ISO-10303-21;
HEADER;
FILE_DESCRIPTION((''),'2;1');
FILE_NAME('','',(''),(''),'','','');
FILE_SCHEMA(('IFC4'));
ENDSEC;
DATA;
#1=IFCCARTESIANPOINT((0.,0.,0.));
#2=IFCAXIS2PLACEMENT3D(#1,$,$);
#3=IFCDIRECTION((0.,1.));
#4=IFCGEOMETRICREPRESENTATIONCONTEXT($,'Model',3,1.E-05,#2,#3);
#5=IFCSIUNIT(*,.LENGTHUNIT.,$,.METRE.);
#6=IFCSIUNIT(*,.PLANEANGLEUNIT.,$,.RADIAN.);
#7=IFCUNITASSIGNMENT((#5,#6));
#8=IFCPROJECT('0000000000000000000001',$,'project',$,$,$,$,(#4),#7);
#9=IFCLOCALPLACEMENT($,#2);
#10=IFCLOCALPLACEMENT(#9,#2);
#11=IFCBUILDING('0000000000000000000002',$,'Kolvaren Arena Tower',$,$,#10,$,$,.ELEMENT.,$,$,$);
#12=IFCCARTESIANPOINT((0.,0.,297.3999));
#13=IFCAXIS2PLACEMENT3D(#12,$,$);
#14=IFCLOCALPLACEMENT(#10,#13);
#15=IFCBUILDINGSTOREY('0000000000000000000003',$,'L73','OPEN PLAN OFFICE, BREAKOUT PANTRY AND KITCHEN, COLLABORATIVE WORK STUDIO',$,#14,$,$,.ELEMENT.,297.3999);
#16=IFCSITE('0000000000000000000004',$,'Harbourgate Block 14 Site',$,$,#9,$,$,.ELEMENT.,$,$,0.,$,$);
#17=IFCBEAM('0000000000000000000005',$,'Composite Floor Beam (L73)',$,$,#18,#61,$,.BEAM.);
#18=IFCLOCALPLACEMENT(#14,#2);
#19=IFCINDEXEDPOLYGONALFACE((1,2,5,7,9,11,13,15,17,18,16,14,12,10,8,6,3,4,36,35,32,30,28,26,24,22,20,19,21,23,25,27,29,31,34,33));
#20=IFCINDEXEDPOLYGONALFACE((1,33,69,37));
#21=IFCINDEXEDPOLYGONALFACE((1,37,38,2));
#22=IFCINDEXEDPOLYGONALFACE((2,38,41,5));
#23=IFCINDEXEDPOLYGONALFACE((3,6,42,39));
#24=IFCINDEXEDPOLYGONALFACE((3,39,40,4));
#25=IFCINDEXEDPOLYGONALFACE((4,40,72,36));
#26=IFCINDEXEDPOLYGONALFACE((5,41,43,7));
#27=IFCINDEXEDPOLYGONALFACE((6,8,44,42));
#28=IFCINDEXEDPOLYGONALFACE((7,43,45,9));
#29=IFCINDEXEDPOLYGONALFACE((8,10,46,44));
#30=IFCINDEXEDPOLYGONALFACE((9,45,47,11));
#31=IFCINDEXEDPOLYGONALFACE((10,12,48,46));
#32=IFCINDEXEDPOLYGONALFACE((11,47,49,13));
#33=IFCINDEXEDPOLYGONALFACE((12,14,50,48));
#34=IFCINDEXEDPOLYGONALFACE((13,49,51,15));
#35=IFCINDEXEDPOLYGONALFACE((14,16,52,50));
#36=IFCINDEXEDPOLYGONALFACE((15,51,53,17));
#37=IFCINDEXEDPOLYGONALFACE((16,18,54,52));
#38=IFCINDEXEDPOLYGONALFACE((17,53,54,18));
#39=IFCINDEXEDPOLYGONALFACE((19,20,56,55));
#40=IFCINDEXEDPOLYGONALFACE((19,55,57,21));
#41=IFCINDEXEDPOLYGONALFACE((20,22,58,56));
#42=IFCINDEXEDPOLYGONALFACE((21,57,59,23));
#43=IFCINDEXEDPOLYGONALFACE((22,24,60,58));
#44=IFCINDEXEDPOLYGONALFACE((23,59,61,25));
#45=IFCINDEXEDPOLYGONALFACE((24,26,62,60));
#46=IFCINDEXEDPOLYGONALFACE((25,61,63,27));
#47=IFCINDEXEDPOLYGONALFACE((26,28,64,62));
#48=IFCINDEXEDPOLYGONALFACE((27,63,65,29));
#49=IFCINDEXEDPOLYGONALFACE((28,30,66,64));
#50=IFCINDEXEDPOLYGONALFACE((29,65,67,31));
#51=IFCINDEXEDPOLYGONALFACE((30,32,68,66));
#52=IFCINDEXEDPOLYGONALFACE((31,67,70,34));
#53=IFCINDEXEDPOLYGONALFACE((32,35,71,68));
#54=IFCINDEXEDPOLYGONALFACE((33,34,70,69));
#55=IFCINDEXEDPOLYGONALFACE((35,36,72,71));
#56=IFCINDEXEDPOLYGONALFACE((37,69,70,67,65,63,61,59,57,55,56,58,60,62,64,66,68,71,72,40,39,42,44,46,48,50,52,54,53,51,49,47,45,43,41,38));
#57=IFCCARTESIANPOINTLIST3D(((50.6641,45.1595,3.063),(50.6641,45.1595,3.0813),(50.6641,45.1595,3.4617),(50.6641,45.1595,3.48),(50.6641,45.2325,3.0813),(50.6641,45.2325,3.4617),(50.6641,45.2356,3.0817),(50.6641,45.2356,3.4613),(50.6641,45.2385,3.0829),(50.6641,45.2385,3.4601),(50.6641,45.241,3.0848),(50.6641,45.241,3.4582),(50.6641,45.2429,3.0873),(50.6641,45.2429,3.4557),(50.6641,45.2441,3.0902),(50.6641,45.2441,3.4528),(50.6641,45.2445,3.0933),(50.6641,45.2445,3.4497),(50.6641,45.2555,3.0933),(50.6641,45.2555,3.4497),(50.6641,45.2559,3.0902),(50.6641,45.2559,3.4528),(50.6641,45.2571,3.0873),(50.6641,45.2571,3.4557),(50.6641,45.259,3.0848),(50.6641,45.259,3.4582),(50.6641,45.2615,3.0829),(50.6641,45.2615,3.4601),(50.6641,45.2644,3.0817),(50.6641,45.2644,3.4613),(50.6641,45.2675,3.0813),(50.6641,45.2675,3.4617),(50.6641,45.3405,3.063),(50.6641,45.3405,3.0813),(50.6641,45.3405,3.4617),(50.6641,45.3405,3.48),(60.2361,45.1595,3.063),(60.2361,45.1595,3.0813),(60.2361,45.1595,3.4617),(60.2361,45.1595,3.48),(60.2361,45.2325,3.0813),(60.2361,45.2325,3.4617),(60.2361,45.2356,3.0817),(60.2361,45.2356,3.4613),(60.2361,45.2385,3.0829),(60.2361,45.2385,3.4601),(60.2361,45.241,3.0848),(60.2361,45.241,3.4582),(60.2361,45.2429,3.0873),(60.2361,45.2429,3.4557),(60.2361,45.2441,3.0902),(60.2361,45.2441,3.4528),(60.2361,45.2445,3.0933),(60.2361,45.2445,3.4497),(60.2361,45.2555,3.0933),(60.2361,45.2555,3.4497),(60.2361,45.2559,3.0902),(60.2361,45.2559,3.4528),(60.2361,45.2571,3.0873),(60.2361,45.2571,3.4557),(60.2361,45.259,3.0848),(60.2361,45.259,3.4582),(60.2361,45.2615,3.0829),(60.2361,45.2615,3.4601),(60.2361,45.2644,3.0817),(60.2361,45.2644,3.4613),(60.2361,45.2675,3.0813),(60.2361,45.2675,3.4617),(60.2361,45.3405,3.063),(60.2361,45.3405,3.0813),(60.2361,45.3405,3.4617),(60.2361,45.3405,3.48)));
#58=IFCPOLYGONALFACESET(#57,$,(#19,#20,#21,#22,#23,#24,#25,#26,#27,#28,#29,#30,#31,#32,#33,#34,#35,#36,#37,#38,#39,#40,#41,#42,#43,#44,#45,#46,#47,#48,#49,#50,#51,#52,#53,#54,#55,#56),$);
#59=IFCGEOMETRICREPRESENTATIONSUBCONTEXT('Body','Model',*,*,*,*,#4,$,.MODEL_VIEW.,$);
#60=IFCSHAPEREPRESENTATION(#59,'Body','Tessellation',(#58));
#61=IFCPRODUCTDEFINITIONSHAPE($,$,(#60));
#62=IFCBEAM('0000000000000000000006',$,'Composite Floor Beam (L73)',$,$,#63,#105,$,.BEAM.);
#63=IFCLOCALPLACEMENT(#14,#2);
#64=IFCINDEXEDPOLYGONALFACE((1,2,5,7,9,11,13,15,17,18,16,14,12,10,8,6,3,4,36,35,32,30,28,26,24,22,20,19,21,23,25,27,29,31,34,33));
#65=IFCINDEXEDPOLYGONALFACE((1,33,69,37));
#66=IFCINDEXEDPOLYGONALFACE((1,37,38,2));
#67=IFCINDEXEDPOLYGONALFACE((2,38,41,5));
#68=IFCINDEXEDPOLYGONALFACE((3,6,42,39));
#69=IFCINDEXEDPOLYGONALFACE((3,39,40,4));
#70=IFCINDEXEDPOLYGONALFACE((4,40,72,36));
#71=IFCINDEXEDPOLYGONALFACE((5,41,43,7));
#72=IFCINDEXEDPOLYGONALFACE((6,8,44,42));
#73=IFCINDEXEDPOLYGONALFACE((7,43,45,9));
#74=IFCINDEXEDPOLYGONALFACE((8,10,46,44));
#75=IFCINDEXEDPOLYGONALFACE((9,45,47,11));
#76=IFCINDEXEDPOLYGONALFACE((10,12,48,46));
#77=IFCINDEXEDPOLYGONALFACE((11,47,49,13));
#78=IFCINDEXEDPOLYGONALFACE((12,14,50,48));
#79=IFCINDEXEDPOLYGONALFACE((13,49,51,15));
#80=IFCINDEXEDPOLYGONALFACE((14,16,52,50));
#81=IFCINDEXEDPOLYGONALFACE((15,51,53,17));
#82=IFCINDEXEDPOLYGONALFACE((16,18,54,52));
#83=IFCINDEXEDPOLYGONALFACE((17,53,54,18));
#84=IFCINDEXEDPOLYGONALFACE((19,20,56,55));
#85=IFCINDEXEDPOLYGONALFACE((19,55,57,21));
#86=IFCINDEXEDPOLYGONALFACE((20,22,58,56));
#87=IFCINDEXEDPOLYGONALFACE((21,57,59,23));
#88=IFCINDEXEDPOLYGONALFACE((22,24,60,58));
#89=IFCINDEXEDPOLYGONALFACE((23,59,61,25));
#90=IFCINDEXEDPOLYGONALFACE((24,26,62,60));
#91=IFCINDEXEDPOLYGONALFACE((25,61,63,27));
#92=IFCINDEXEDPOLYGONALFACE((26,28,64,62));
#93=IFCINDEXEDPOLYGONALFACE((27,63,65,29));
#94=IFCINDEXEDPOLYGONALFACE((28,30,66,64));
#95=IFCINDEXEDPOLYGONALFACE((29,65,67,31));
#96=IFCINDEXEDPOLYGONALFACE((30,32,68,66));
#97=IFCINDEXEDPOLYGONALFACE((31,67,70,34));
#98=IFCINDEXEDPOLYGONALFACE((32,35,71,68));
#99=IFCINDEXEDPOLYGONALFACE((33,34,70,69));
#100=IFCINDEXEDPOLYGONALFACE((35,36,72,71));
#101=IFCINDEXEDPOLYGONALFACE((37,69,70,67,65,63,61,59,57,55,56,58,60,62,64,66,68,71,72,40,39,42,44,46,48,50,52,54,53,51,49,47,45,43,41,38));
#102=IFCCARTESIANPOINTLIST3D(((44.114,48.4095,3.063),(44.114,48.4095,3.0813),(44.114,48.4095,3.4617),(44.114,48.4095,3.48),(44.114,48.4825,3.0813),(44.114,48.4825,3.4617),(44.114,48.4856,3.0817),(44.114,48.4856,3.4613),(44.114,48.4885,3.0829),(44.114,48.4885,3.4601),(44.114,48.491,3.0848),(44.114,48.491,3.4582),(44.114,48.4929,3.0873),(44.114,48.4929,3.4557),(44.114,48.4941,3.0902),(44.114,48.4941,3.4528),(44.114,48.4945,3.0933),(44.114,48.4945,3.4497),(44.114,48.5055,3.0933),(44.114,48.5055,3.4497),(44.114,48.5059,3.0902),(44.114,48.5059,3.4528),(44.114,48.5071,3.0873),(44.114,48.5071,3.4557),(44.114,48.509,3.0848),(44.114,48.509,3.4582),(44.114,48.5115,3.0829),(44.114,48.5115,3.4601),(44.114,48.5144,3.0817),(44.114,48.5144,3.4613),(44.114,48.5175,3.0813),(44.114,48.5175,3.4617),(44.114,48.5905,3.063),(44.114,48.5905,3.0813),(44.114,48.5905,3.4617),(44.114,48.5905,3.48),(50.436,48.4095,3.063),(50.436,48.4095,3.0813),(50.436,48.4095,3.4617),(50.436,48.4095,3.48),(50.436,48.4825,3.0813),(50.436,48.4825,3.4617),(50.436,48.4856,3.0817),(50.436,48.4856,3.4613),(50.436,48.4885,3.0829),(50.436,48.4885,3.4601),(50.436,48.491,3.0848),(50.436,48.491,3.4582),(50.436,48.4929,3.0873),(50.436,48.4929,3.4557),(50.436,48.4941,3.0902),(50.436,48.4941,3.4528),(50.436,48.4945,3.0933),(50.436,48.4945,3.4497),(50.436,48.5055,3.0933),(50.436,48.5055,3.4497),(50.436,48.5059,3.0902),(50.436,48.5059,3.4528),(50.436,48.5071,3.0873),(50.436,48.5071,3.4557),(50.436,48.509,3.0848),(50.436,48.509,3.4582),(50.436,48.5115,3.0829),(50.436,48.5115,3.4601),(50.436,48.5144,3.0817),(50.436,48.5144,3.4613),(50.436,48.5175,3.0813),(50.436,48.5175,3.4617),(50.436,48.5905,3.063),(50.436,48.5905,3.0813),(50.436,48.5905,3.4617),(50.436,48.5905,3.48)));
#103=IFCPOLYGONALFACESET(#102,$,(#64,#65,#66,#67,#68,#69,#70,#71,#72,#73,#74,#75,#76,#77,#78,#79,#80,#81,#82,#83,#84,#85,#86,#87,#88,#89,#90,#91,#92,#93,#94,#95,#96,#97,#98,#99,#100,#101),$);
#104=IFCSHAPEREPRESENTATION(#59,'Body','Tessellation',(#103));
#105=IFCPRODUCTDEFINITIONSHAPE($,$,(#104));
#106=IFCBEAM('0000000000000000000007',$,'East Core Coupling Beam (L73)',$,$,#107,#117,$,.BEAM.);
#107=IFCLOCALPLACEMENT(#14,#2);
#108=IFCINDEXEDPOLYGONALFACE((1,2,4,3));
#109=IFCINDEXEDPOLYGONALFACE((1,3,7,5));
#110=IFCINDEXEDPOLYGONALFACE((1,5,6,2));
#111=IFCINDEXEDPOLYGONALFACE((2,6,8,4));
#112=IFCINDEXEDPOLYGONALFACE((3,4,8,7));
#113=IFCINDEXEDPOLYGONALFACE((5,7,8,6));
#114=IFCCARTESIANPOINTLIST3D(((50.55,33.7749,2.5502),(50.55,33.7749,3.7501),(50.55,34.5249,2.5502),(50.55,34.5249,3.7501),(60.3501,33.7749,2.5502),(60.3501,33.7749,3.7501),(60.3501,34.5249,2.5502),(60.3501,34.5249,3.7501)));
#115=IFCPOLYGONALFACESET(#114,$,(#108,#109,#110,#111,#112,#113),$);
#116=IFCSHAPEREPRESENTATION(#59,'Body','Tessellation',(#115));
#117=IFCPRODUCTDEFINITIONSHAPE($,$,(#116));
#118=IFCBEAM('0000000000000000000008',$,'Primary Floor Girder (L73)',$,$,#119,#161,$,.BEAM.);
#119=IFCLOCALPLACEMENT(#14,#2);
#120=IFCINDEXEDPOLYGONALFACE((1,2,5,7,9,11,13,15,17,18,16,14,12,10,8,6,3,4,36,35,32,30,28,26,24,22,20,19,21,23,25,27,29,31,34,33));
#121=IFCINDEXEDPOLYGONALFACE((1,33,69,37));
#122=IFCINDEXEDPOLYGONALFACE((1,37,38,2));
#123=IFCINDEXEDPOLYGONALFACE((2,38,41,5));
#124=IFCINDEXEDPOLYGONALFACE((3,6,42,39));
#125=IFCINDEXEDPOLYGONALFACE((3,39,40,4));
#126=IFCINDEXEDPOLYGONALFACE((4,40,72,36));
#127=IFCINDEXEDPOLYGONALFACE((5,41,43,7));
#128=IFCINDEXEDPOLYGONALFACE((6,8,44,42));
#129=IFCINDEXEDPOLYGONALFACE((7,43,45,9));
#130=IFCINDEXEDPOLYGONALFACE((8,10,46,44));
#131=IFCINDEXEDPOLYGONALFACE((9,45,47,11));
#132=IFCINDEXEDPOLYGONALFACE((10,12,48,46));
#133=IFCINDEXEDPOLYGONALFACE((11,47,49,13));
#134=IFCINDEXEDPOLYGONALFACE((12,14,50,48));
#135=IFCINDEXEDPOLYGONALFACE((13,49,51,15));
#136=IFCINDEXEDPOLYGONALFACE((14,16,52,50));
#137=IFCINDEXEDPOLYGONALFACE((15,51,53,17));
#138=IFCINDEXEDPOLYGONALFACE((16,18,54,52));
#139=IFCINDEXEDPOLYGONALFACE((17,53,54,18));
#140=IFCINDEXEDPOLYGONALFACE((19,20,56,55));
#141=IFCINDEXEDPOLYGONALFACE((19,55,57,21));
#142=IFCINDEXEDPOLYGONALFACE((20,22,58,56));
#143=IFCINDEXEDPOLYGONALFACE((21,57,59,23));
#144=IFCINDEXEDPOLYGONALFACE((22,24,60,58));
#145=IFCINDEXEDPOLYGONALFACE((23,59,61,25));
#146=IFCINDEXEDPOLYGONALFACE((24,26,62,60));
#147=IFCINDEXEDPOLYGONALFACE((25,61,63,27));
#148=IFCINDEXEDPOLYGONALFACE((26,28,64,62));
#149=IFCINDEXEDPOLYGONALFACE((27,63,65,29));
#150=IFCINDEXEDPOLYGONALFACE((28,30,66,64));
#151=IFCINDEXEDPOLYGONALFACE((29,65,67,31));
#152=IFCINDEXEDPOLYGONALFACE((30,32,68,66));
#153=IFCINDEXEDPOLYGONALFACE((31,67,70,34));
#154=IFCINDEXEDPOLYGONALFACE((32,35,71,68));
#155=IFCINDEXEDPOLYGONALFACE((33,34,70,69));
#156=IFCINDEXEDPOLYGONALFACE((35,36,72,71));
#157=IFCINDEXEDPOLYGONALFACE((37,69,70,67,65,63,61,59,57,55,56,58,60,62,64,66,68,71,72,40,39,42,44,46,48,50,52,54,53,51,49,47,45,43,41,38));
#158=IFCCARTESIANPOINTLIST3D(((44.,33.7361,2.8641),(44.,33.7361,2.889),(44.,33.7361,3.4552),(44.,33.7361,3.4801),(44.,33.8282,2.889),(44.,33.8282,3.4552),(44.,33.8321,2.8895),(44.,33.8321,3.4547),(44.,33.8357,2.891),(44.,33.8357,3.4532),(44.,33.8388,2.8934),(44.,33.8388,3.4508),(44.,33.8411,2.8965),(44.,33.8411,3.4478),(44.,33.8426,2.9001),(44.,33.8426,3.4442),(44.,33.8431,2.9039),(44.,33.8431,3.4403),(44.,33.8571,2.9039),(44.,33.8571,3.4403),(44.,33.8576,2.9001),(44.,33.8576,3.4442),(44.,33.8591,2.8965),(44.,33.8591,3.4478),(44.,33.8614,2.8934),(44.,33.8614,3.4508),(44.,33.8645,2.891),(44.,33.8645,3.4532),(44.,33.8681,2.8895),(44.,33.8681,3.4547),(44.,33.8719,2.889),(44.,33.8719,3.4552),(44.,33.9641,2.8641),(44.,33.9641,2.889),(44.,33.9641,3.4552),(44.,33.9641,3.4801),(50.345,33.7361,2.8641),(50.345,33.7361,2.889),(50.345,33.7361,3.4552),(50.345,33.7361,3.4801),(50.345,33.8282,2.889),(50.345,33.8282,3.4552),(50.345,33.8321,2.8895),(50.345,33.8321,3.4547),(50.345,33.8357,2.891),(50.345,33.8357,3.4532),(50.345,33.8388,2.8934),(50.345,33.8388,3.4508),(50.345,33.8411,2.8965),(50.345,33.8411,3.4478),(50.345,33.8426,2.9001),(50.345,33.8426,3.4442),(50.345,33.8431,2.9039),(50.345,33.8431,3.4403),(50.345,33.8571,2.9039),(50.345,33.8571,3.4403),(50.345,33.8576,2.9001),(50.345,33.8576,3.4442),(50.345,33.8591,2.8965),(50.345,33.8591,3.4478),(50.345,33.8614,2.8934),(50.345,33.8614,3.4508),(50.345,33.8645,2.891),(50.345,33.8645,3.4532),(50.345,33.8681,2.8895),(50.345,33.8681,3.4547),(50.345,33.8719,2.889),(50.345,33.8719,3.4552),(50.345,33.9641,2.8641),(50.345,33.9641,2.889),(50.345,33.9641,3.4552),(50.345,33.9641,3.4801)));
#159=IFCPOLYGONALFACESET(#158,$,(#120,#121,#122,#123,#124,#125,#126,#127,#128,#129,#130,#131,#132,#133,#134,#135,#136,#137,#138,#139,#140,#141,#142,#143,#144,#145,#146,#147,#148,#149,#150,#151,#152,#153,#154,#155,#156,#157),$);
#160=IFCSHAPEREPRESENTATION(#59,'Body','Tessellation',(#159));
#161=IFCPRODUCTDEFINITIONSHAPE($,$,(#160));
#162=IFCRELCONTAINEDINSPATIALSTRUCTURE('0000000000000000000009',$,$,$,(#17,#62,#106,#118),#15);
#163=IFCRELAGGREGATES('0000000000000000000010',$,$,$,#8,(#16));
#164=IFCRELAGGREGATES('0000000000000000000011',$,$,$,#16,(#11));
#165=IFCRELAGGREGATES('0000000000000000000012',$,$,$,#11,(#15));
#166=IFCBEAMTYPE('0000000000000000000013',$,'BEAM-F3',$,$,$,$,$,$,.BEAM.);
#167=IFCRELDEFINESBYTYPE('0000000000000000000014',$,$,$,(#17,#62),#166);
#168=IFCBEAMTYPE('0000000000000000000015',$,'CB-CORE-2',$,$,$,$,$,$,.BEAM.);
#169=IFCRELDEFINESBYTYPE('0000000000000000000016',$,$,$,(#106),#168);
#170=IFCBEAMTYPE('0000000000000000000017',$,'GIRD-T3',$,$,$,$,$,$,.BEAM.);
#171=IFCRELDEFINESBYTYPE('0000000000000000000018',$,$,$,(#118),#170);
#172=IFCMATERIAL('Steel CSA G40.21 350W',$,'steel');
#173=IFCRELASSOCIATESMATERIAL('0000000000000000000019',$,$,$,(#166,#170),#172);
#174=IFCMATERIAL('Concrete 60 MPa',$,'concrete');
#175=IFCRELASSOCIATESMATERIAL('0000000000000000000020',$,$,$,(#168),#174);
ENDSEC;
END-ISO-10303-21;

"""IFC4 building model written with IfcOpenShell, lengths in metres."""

from ifc_helpers import new_model, si_unit, direction, frame, origin, origin_2d, place, context, subcontext, project, spatial, rectangle, i_section, extrude, material, material_profile, profile_set, type_object, element, save


model = new_model("IFC4")

# Units and contexts
model_context = context("Model", 3, precision=1e-05, world=origin(), true_north=direction((0.0, 1.0)))
body_context = subcontext(model_context, "Body", "Model", "MODEL_VIEW")
ifc_project = project(units=[si_unit("LENGTHUNIT", "METRE"), si_unit("PLANEANGLEUNIT", "RADIAN")], contexts=[model_context])

# Site, building, storey
site_placement = place(None, origin())
site = spatial("IfcSite", under=ifc_project, at=site_placement, Name="Harbourgate Block 14 Site", CompositionType="ELEMENT", RefElevation=0.0)
building_placement = place(site_placement, origin())
building = spatial("IfcBuilding", under=site, at=building_placement, Name="Kolvaren Arena Tower", CompositionType="ELEMENT")
storey_placement = place(building_placement, frame((0.0, 0.0, 297.3999)))
storey = spatial("IfcBuildingStorey", under=building, at=storey_placement, Name="L73", Description="OPEN PLAN OFFICE, BREAKOUT PANTRY AND KITCHEN, COLLABORATIVE WORK STUDIO", CompositionType="ELEMENT", Elevation=297.3999)

# Beams
ifc_material_1 = material(Name="Steel CSA G40.21 350W", Category="steel")
ifc_material_profile_1 = material_profile(ifc_material_1, i_section(OverallWidth=0.1809, OverallDepth=0.417, WebThickness=0.011, FlangeThickness=0.0183, FilletRadius=0.012, at=origin_2d()), Name="W410x85")
ifc_profile_set_1 = profile_set([ifc_material_profile_1], Name="Steel CSA G40.21 350W")
beam_type_1 = type_object("IfcBeamType", Name="BEAM-F3", PredefinedType="BEAM", material=ifc_profile_set_1)
beam_1_placement = place(storey_placement, frame((50.6641, 45.25, 3.2715), z_axis=(1.0, 0.0, 0.0), x_axis=(0.0, 1.0, 0.0)))
element("IfcBeam", 1, at=beam_1_placement, inside=storey, type_object=beam_type_1, Name="Composite Floor Beam (L73)", PredefinedType="BEAM", context=body_context, shape_type="SweptSolid", body=[
    extrude(i_section(OverallWidth=0.1809, OverallDepth=0.417, WebThickness=0.011, FlangeThickness=0.0183, FilletRadius=0.012, at=origin_2d()), origin(), (0.0, 0.0, 1.0), 9.572),
])
beam_2_placement = place(storey_placement, frame((44.114, 48.5, 3.2715), z_axis=(1.0, 0.0, 0.0), x_axis=(0.0, 1.0, 0.0)))
element("IfcBeam", 2, at=beam_2_placement, inside=storey, type_object=beam_type_1, Name="Composite Floor Beam (L73)", PredefinedType="BEAM", context=body_context, shape_type="SweptSolid", body=[
    extrude(i_section(OverallWidth=0.1809, OverallDepth=0.417, WebThickness=0.011, FlangeThickness=0.0183, FilletRadius=0.012, at=origin_2d()), origin(), (0.0, 0.0, 1.0), 6.322),
])
ifc_material_2 = material(Name="Concrete 60 MPa", Category="concrete")
ifc_material_profile_2 = material_profile(ifc_material_2, rectangle(XDim=0.75, YDim=1.2, at=origin_2d()), Name="RC-750x1200")
ifc_profile_set_2 = profile_set([ifc_material_profile_2], Name="Concrete 60 MPa")
beam_type_2 = type_object("IfcBeamType", Name="CB-CORE-2", PredefinedType="BEAM", material=ifc_profile_set_2)
beam_3_placement = place(storey_placement, frame((50.55, 34.1499, 3.1501), z_axis=(1.0, 0.0, 0.0), x_axis=(0.0, 1.0, 0.0)))
element("IfcBeam", 3, at=beam_3_placement, inside=storey, type_object=beam_type_2, Name="East Core Coupling Beam (L73)", PredefinedType="BEAM", context=body_context, shape_type="SweptSolid", body=[
    extrude(rectangle(XDim=0.75, YDim=1.2, at=origin_2d()), origin(), (0.0, 0.0, 1.0), 9.8),
])
ifc_material_profile_3 = material_profile(ifc_material_1, i_section(OverallWidth=0.228, OverallDepth=0.616, WebThickness=0.0139, FlangeThickness=0.0249, FilletRadius=0.0149, at=origin_2d()), Name="W610x174")
ifc_profile_set_3 = profile_set([ifc_material_profile_3], Name="Steel CSA G40.21 350W")
beam_type_3 = type_object("IfcBeamType", Name="GIRD-T3", PredefinedType="BEAM", material=ifc_profile_set_3)
beam_4_placement = place(storey_placement, frame((44.0, 33.8501, 3.1721), z_axis=(1.0, 0.0, 0.0), x_axis=(0.0, 1.0, 0.0)))
element("IfcBeam", 4, at=beam_4_placement, inside=storey, type_object=beam_type_3, Name="Primary Floor Girder (L73)", PredefinedType="BEAM", context=body_context, shape_type="SweptSolid", body=[
    extrude(i_section(OverallWidth=0.228, OverallDepth=0.616, WebThickness=0.0139, FlangeThickness=0.0249, FilletRadius=0.0149, at=origin_2d()), origin(), (0.0, 0.0, 1.0), 6.345),
])

save(model, "model.ifc")
